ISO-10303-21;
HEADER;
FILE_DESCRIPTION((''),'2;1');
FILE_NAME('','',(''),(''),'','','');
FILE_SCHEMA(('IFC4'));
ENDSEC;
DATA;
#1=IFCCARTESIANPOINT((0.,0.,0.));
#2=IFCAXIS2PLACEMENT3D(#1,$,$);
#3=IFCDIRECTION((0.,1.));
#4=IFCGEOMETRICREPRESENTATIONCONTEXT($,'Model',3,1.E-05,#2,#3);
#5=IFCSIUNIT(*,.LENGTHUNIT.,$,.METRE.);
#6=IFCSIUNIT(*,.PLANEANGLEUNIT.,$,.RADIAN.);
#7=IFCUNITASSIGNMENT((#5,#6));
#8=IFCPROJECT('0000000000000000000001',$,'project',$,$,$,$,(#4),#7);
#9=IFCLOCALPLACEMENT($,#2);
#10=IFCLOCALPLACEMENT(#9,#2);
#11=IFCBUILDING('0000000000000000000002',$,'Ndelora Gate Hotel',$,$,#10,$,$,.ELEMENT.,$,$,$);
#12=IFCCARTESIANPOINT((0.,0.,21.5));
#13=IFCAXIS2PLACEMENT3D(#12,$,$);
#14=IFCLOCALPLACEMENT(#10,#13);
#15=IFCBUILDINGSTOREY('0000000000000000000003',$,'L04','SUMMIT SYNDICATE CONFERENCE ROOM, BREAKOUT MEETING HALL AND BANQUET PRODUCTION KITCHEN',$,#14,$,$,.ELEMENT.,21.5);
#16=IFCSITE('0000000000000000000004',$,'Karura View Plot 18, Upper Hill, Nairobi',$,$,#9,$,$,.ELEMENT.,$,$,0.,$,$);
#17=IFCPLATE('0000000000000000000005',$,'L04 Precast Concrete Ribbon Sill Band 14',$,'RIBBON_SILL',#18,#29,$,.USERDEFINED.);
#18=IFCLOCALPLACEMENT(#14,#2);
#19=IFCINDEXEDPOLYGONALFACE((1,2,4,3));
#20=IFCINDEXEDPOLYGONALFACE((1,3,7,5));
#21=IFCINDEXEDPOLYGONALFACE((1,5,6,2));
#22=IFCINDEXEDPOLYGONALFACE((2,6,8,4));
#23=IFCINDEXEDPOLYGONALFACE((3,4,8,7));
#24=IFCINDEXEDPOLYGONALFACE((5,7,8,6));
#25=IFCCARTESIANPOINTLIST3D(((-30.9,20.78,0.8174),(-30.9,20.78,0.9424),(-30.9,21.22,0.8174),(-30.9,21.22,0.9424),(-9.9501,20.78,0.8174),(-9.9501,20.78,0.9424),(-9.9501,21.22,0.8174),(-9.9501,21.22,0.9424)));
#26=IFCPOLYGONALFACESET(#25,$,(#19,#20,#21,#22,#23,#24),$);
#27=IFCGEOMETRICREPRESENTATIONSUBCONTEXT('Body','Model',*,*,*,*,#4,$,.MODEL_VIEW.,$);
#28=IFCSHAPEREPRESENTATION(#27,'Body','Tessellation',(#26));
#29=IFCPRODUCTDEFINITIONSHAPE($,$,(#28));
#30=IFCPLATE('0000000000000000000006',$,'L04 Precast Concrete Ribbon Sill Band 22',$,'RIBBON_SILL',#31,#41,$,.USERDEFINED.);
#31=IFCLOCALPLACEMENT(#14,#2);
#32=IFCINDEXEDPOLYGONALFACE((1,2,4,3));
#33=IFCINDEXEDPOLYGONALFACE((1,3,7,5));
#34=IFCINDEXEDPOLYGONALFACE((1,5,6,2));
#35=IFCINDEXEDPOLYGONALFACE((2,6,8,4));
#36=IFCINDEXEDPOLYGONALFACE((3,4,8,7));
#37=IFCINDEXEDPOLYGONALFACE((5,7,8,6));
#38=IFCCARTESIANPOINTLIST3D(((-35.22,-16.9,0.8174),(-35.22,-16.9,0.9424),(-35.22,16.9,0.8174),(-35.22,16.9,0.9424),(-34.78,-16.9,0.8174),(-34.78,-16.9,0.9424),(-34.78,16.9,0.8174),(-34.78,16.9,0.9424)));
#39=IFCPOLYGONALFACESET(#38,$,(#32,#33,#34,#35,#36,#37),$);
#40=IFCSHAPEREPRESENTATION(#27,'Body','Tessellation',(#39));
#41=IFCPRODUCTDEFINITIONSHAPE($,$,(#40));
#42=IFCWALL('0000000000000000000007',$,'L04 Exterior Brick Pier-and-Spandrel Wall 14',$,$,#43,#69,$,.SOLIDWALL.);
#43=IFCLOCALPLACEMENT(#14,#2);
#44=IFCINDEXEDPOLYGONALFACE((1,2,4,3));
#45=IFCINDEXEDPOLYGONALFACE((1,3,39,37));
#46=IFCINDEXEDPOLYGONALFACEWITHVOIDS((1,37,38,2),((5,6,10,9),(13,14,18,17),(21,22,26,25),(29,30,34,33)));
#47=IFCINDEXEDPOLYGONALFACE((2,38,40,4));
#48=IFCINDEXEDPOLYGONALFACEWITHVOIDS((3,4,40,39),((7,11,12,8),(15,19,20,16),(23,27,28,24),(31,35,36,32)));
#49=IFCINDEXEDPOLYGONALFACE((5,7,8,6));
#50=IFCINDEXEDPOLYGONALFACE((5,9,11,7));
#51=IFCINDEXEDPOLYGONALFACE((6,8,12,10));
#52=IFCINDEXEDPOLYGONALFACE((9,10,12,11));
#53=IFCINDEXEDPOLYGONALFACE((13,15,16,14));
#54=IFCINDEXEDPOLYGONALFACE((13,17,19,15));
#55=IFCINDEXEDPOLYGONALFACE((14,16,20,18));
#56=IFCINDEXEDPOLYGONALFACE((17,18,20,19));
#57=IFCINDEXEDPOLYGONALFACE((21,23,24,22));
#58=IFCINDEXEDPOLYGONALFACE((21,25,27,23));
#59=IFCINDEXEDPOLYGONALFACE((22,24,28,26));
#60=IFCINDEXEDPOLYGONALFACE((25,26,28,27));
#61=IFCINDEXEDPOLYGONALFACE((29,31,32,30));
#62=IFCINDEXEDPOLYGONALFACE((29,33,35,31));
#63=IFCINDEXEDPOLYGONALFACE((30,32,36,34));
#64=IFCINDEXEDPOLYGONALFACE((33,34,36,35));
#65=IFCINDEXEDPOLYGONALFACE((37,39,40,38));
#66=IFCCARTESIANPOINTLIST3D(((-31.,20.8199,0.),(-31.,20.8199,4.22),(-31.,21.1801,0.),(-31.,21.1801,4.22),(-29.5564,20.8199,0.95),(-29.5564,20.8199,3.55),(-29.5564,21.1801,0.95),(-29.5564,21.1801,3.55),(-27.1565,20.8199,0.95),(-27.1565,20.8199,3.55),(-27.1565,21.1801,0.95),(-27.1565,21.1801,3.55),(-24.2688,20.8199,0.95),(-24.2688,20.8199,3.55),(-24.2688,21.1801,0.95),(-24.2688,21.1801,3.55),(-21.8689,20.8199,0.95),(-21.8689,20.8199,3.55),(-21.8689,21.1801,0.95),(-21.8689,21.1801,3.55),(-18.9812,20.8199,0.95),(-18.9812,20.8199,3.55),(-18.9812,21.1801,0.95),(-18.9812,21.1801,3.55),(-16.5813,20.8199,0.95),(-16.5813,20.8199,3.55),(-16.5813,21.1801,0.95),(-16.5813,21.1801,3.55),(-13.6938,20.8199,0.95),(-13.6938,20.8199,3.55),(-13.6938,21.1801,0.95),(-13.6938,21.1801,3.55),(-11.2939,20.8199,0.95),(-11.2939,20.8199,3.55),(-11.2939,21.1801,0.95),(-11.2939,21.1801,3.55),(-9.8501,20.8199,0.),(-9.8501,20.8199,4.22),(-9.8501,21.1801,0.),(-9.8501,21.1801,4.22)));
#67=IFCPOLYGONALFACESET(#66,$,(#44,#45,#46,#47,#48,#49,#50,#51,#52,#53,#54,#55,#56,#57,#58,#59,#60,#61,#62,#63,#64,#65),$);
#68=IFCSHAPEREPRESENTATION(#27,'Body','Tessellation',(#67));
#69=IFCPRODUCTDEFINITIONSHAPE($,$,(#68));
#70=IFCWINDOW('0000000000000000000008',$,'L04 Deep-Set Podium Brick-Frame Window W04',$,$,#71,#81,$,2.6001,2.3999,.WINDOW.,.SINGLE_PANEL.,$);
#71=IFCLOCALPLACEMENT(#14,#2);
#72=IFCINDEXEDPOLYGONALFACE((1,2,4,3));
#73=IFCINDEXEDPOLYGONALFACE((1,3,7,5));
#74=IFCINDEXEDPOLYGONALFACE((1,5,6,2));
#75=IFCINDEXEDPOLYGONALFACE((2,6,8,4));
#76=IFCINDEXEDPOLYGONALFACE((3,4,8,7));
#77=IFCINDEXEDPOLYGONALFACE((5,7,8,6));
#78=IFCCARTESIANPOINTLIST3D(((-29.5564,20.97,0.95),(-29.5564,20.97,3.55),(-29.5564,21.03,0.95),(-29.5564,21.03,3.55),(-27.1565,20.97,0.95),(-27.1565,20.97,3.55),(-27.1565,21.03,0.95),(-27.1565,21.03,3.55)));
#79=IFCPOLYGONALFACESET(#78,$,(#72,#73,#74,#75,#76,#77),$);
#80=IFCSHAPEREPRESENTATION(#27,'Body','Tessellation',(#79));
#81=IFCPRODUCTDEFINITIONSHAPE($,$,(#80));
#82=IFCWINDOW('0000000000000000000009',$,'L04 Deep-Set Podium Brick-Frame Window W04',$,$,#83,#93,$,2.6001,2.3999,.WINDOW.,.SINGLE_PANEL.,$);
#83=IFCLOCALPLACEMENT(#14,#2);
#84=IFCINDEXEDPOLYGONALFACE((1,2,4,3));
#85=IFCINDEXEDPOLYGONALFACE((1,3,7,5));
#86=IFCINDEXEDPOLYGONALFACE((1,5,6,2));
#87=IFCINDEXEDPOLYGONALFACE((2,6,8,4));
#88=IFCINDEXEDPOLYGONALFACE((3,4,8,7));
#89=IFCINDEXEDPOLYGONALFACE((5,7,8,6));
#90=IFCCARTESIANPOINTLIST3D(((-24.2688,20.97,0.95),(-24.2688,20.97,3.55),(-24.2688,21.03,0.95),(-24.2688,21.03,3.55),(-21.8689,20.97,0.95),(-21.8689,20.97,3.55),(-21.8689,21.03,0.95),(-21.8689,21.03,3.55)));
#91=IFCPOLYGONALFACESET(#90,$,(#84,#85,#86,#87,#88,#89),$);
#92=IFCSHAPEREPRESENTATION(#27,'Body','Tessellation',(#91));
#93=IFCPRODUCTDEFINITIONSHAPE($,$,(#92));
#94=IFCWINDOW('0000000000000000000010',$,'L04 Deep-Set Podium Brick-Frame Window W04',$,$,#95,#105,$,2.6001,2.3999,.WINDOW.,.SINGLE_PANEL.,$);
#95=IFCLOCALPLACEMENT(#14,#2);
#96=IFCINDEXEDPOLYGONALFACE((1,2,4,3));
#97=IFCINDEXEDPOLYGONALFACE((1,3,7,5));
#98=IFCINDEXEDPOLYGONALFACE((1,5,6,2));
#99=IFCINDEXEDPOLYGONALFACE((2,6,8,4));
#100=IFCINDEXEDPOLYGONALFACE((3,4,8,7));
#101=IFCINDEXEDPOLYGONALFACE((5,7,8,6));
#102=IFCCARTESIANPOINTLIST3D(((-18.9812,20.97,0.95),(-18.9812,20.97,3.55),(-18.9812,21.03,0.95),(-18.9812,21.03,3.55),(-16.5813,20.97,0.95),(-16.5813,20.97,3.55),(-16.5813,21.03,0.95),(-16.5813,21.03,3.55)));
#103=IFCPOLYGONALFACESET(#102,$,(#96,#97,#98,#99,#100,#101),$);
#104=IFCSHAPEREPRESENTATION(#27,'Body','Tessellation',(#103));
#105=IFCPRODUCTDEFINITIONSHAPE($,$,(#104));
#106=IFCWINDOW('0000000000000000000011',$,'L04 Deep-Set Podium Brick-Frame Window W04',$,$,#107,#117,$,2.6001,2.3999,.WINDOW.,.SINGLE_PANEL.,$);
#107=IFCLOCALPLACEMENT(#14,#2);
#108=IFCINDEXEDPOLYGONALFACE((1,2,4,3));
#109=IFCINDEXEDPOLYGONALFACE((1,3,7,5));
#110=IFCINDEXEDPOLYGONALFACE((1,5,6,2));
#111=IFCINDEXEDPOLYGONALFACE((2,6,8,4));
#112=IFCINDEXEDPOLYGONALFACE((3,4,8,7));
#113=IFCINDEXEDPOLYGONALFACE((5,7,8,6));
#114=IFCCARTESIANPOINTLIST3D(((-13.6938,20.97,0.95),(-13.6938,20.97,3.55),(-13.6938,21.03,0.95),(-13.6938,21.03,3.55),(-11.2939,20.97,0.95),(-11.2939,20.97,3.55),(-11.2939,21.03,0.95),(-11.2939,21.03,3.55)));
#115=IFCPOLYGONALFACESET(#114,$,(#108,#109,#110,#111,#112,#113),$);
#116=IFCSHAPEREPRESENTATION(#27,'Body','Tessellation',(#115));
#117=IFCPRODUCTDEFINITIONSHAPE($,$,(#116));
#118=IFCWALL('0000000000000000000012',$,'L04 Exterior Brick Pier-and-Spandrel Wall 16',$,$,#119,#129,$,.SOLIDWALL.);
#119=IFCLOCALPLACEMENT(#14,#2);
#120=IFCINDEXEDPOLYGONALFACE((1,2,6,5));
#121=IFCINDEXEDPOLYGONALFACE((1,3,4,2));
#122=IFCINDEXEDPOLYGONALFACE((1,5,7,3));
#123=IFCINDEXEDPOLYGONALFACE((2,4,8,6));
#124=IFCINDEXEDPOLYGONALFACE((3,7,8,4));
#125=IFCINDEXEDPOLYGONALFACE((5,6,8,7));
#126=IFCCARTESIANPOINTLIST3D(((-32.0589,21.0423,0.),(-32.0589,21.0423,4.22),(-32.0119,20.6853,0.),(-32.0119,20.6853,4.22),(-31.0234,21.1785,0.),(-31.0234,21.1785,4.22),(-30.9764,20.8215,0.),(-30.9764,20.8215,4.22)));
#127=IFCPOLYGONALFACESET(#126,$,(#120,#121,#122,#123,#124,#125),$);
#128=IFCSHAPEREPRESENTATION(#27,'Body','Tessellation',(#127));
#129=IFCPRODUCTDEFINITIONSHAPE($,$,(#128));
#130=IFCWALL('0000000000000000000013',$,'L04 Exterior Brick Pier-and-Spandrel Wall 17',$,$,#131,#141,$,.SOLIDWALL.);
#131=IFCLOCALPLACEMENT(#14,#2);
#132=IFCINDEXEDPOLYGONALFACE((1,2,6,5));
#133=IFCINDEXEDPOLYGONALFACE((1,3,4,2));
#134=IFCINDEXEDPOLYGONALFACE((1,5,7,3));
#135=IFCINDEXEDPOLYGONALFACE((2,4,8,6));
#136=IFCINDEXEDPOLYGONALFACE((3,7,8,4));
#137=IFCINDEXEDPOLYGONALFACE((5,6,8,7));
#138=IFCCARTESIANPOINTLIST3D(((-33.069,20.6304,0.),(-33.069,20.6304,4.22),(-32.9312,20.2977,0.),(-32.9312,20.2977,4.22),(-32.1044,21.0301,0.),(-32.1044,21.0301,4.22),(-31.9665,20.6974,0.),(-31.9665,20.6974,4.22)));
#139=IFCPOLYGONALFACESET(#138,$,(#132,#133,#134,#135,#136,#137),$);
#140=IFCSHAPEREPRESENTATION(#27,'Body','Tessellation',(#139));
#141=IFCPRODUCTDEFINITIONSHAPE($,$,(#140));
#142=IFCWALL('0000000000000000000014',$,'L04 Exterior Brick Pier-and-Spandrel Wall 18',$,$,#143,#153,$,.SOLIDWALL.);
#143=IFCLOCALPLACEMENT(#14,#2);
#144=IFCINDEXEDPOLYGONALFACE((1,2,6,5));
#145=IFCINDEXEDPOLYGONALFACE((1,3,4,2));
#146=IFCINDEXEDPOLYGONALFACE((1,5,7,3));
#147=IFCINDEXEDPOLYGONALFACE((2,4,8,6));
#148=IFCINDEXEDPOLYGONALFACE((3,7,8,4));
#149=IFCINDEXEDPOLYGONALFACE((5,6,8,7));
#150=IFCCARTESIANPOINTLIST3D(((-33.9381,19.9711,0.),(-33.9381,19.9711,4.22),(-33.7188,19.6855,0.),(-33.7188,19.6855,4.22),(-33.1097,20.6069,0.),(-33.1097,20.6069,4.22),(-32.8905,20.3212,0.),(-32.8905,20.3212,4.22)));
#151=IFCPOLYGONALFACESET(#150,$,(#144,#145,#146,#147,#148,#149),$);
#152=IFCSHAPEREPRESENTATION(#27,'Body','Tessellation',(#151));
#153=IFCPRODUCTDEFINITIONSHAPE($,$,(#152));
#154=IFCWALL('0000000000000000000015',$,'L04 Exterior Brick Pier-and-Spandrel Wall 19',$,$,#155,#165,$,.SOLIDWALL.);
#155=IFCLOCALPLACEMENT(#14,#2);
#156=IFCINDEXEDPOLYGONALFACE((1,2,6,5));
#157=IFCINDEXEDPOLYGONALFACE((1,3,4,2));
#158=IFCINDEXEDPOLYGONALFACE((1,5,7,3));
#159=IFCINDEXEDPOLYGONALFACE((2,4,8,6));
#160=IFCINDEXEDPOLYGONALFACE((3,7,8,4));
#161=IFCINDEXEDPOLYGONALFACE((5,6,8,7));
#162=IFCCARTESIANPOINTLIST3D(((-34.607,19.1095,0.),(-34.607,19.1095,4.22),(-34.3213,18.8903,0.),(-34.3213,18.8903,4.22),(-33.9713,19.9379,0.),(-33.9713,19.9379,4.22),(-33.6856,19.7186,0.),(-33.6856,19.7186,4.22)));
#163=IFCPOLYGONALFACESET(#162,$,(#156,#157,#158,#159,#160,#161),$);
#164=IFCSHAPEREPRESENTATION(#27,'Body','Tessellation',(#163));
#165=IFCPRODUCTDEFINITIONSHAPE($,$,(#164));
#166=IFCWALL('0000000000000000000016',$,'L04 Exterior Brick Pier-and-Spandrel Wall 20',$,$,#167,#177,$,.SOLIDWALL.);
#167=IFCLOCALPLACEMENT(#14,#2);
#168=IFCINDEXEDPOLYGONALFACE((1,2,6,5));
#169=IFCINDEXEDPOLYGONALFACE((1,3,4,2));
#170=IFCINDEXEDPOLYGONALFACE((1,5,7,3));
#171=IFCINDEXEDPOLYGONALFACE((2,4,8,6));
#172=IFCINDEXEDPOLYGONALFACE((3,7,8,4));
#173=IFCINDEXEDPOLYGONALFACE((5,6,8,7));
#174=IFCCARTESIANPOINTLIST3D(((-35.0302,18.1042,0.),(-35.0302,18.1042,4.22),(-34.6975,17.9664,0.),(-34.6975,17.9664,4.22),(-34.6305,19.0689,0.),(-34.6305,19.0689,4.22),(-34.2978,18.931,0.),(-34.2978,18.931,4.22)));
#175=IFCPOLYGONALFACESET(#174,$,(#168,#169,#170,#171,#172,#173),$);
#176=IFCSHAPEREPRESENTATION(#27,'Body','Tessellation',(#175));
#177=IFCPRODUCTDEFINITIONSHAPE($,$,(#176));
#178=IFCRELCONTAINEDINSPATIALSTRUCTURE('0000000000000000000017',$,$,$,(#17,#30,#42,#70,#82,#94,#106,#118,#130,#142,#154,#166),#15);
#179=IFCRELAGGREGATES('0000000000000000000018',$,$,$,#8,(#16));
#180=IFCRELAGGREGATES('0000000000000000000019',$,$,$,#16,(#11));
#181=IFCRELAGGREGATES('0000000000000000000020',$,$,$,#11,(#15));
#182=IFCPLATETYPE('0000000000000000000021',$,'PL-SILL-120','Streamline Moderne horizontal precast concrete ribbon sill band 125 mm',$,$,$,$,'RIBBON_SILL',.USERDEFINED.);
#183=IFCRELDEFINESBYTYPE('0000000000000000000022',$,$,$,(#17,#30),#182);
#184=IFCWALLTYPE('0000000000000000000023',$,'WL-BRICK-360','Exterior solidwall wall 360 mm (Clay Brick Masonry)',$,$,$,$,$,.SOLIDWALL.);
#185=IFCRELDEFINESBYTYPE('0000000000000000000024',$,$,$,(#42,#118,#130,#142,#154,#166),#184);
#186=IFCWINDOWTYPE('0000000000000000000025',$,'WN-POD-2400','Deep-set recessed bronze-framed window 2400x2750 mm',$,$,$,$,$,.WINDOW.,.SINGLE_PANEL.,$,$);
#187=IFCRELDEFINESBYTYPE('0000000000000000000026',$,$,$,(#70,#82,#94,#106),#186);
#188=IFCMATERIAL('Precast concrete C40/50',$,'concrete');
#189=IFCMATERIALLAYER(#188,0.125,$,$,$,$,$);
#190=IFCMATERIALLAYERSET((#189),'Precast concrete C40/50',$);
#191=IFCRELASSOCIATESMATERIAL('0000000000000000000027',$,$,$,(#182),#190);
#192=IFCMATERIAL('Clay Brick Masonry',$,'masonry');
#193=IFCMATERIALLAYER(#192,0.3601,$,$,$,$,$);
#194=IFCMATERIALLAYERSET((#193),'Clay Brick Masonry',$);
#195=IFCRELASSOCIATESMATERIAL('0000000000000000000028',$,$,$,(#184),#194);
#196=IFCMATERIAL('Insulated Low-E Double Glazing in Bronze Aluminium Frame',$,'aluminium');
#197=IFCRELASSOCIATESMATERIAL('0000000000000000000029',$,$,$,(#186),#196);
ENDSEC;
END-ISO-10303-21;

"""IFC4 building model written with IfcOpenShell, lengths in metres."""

from ifc_helpers import new_model, si_unit, direction, frame, frame_2d, origin, origin_2d, place, context, subcontext, project, spatial, rectangle, extrude, material, layer, layer_set, type_object, element, fill, save


model = new_model("IFC4")

# Units and contexts
model_context = context("Model", 3, precision=1e-05, world=origin(), true_north=direction((0.0, 1.0)))
body_context = subcontext(model_context, "Body", "Model", "MODEL_VIEW")
ifc_project = project(units=[si_unit("LENGTHUNIT", "METRE"), si_unit("PLANEANGLEUNIT", "RADIAN")], contexts=[model_context])

# Site, building, storey
site_placement = place(None, origin())
site = spatial("IfcSite", under=ifc_project, at=site_placement, Name="Karura View Plot 18, Upper Hill, Nairobi", CompositionType="ELEMENT", RefElevation=0.0)
building_placement = place(site_placement, origin())
building = spatial("IfcBuilding", under=site, at=building_placement, Name="Ndelora Gate Hotel", CompositionType="ELEMENT")
storey_placement = place(building_placement, frame((0.0, 0.0, 21.5)))
storey = spatial("IfcBuildingStorey", under=building, at=storey_placement, Name="L04", Description="SUMMIT SYNDICATE CONFERENCE ROOM, BREAKOUT MEETING HALL AND BANQUET PRODUCTION KITCHEN", CompositionType="ELEMENT", Elevation=21.5)

# Plates
ifc_material_1 = material(Name="Precast concrete C40/50", Category="concrete")
ifc_layer_1 = layer(ifc_material_1, 0.125)
ifc_layer_set_1 = layer_set([ifc_layer_1], Name="Precast concrete C40/50")
plate_type = type_object("IfcPlateType", Name="PL-SILL-120", Description="Streamline Moderne horizontal precast concrete ribbon sill band 125 mm", ElementType="RIBBON_SILL", PredefinedType="USERDEFINED", material=ifc_layer_set_1)
plate_1_placement = place(storey_placement, frame((-20.425, 21.0, 0.8174), z_axis=(0.0, 0.0, 1.0), x_axis=(1.0, 0.0, 0.0)))
element("IfcPlate", 1, at=plate_1_placement, inside=storey, type_object=plate_type, Name="L04 Precast Concrete Ribbon Sill Band 14", ObjectType="RIBBON_SILL", PredefinedType="USERDEFINED", context=body_context, shape_type="SweptSolid", body=[
    extrude(rectangle(XDim=20.95, YDim=0.4399, at=origin_2d()), origin(), (0.0, 0.0, 1.0), 0.125),
])
plate_2_placement = place(storey_placement, frame((-35.0, 0.0, 0.8174), z_axis=(0.0, 0.0, 1.0), x_axis=(0.0, 1.0, 0.0)))
element("IfcPlate", 2, at=plate_2_placement, inside=storey, type_object=plate_type, Name="L04 Precast Concrete Ribbon Sill Band 22", ObjectType="RIBBON_SILL", PredefinedType="USERDEFINED", context=body_context, shape_type="SweptSolid", body=[
    extrude(rectangle(XDim=33.8, YDim=0.4399, at=origin_2d()), origin(), (0.0, 0.0, 1.0), 0.125),
])

# Wall, openings, windows
ifc_material_2 = material(Name="Clay Brick Masonry", Category="masonry")
ifc_layer_2 = layer(ifc_material_2, 0.3601)
ifc_layer_set_2 = layer_set([ifc_layer_2], Name="Clay Brick Masonry")
wall_type = type_object("IfcWallType", Name="WL-BRICK-360", Description="Exterior solidwall wall 360 mm (Clay Brick Masonry)", PredefinedType="SOLIDWALL", material=ifc_layer_set_2)
wall_1_placement = place(storey_placement, frame((-31.0, 21.0, 0.0), z_axis=(0.0, 0.0, 1.0), x_axis=(1.0, 0.0, 0.0)))
wall_1 = element("IfcWall", 3, at=wall_1_placement, inside=storey, type_object=wall_type, Name="L04 Exterior Brick Pier-and-Spandrel Wall 14", PredefinedType="SOLIDWALL", context=body_context, shape_type="SweptSolid", body=[
    extrude(rectangle(XDim=21.1499, YDim=0.3601, at=frame_2d((10.575, 0.0))), origin(), (0.0, 0.0, 1.0), 4.22),
])
opening_1_placement = place(wall_1_placement, frame((1.4436, 0.0, 0.95)))
opening_1 = element("IfcOpeningElement", 4, at=opening_1_placement, cuts=wall_1, PredefinedType="OPENING", context=body_context, shape_type="SweptSolid", body=[
    extrude(rectangle(XDim=2.3999, YDim=2.6001, at=frame_2d((1.2, 1.3))), frame((0.0, 0.1899, 0.0), z_axis=(0.0, -1.0, 0.0), x_axis=(1.0, 0.0, 0.0)), (0.0, 0.0, 1.0), 0.3801),
])
opening_2_placement = place(wall_1_placement, frame((6.7312, 0.0, 0.95)))
opening_2 = element("IfcOpeningElement", 5, at=opening_2_placement, cuts=wall_1, PredefinedType="OPENING", context=body_context, shape_type="SweptSolid", body=[
    extrude(rectangle(XDim=2.3999, YDim=2.6001, at=frame_2d((1.2, 1.3))), frame((0.0, 0.1899, 0.0), z_axis=(0.0, -1.0, 0.0), x_axis=(1.0, 0.0, 0.0)), (0.0, 0.0, 1.0), 0.3801),
])
opening_3_placement = place(wall_1_placement, frame((12.0188, 0.0, 0.95)))
opening_3 = element("IfcOpeningElement", 6, at=opening_3_placement, cuts=wall_1, PredefinedType="OPENING", context=body_context, shape_type="SweptSolid", body=[
    extrude(rectangle(XDim=2.3999, YDim=2.6001, at=frame_2d((1.2, 1.3))), frame((0.0, 0.1899, 0.0), z_axis=(0.0, -1.0, 0.0), x_axis=(1.0, 0.0, 0.0)), (0.0, 0.0, 1.0), 0.3801),
])
opening_4_placement = place(wall_1_placement, frame((17.3062, 0.0, 0.95)))
opening_4 = element("IfcOpeningElement", 7, at=opening_4_placement, cuts=wall_1, PredefinedType="OPENING", context=body_context, shape_type="SweptSolid", body=[
    extrude(rectangle(XDim=2.3999, YDim=2.6001, at=frame_2d((1.2, 1.3))), frame((0.0, 0.1899, 0.0), z_axis=(0.0, -1.0, 0.0), x_axis=(1.0, 0.0, 0.0)), (0.0, 0.0, 1.0), 0.3801),
])
ifc_material_3 = material(Name="Insulated Low-E Double Glazing in Bronze Aluminium Frame", Category="aluminium")
window_type = type_object("IfcWindowType", Name="WN-POD-2400", Description="Deep-set recessed bronze-framed window 2400x2750 mm", PartitioningType="SINGLE_PANEL", PredefinedType="WINDOW", material=ifc_material_3)
window_1_placement = place(opening_1_placement, origin())
window_1 = element("IfcWindow", 8, at=window_1_placement, inside=storey, type_object=window_type, Name="L04 Deep-Set Podium Brick-Frame Window W04", OverallHeight=2.6001, OverallWidth=2.3999, PartitioningType="SINGLE_PANEL", PredefinedType="WINDOW", context=body_context, shape_type="SweptSolid", body=[
    extrude(rectangle(XDim=2.3999, YDim=2.6001, at=frame_2d((1.2, 1.3))), frame((0.0, 0.03, 0.0), z_axis=(0.0, -1.0, 0.0), x_axis=(1.0, 0.0, 0.0)), (0.0, 0.0, 1.0), 0.0601),
])
fill(opening_1, window_1)
window_2_placement = place(opening_2_placement, origin())
window_2 = element("IfcWindow", 9, at=window_2_placement, inside=storey, type_object=window_type, Name="L04 Deep-Set Podium Brick-Frame Window W04", OverallHeight=2.6001, OverallWidth=2.3999, PartitioningType="SINGLE_PANEL", PredefinedType="WINDOW", context=body_context, shape_type="SweptSolid", body=[
    extrude(rectangle(XDim=2.3999, YDim=2.6001, at=frame_2d((1.2, 1.3))), frame((0.0, 0.03, 0.0), z_axis=(0.0, -1.0, 0.0), x_axis=(1.0, 0.0, 0.0)), (0.0, 0.0, 1.0), 0.0601),
])
fill(opening_2, window_2)
window_3_placement = place(opening_3_placement, origin())
window_3 = element("IfcWindow", 10, at=window_3_placement, inside=storey, type_object=window_type, Name="L04 Deep-Set Podium Brick-Frame Window W04", OverallHeight=2.6001, OverallWidth=2.3999, PartitioningType="SINGLE_PANEL", PredefinedType="WINDOW", context=body_context, shape_type="SweptSolid", body=[
    extrude(rectangle(XDim=2.3999, YDim=2.6001, at=frame_2d((1.2, 1.3))), frame((0.0, 0.03, 0.0), z_axis=(0.0, -1.0, 0.0), x_axis=(1.0, 0.0, 0.0)), (0.0, 0.0, 1.0), 0.0601),
])
fill(opening_3, window_3)
window_4_placement = place(opening_4_placement, origin())
window_4 = element("IfcWindow", 11, at=window_4_placement, inside=storey, type_object=window_type, Name="L04 Deep-Set Podium Brick-Frame Window W04", OverallHeight=2.6001, OverallWidth=2.3999, PartitioningType="SINGLE_PANEL", PredefinedType="WINDOW", context=body_context, shape_type="SweptSolid", body=[
    extrude(rectangle(XDim=2.3999, YDim=2.6001, at=frame_2d((1.2, 1.3))), frame((0.0, 0.03, 0.0), z_axis=(0.0, -1.0, 0.0), x_axis=(1.0, 0.0, 0.0)), (0.0, 0.0, 1.0), 0.0601),
])
fill(opening_4, window_4)

# Walls
wall_2_placement = place(storey_placement, frame((-32.0354, 20.8638, 0.0), z_axis=(0.0, 0.0, 1.0), x_axis=(0.991455, 0.130448, 0.0)))
element("IfcWall", 12, at=wall_2_placement, inside=storey, type_object=wall_type, Name="L04 Exterior Brick Pier-and-Spandrel Wall 16", PredefinedType="SOLIDWALL", context=body_context, shape_type="SweptSolid", body=[
    extrude(rectangle(XDim=1.0444, YDim=0.3601, at=frame_2d((0.5222, 0.0))), origin(), (0.0, 0.0, 1.0), 4.22),
])
for number, where, z_axis, x_axis, name in (
    (13, (-33.0, 20.4641, 0.0), (0.0, 0.0, 1.0), (0.923843, 0.382772, 0.0), "L04 Exterior Brick Pier-and-Spandrel Wall 17"),
    (14, (-33.8284, 19.8284, 0.0), (0.0, 0.0, 1.0), (0.793301, 0.608829, 0.0), "L04 Exterior Brick Pier-and-Spandrel Wall 18"),
    (15, (-34.4641, 19.0, 0.0), (0.0, 0.0, 1.0), (0.608829, 0.793301, 0.0), "L04 Exterior Brick Pier-and-Spandrel Wall 19"),
    (16, (-34.8638, 18.0354, 0.0), (0.0, 0.0, 1.0), (0.382772, 0.923843, 0.0), "L04 Exterior Brick Pier-and-Spandrel Wall 20"),
):
    element("IfcWall", number, at=place(storey_placement, frame(where, z_axis=z_axis, x_axis=x_axis)), inside=storey, type_object=wall_type, Name=name, PredefinedType="SOLIDWALL", context=body_context, shape_type="SweptSolid", body=[
        extrude(rectangle(XDim=1.0442, YDim=0.3601, at=frame_2d((0.522, 0.0))), origin(), (0.0, 0.0, 1.0), 4.22),
    ])

save(model, "model.ifc")
